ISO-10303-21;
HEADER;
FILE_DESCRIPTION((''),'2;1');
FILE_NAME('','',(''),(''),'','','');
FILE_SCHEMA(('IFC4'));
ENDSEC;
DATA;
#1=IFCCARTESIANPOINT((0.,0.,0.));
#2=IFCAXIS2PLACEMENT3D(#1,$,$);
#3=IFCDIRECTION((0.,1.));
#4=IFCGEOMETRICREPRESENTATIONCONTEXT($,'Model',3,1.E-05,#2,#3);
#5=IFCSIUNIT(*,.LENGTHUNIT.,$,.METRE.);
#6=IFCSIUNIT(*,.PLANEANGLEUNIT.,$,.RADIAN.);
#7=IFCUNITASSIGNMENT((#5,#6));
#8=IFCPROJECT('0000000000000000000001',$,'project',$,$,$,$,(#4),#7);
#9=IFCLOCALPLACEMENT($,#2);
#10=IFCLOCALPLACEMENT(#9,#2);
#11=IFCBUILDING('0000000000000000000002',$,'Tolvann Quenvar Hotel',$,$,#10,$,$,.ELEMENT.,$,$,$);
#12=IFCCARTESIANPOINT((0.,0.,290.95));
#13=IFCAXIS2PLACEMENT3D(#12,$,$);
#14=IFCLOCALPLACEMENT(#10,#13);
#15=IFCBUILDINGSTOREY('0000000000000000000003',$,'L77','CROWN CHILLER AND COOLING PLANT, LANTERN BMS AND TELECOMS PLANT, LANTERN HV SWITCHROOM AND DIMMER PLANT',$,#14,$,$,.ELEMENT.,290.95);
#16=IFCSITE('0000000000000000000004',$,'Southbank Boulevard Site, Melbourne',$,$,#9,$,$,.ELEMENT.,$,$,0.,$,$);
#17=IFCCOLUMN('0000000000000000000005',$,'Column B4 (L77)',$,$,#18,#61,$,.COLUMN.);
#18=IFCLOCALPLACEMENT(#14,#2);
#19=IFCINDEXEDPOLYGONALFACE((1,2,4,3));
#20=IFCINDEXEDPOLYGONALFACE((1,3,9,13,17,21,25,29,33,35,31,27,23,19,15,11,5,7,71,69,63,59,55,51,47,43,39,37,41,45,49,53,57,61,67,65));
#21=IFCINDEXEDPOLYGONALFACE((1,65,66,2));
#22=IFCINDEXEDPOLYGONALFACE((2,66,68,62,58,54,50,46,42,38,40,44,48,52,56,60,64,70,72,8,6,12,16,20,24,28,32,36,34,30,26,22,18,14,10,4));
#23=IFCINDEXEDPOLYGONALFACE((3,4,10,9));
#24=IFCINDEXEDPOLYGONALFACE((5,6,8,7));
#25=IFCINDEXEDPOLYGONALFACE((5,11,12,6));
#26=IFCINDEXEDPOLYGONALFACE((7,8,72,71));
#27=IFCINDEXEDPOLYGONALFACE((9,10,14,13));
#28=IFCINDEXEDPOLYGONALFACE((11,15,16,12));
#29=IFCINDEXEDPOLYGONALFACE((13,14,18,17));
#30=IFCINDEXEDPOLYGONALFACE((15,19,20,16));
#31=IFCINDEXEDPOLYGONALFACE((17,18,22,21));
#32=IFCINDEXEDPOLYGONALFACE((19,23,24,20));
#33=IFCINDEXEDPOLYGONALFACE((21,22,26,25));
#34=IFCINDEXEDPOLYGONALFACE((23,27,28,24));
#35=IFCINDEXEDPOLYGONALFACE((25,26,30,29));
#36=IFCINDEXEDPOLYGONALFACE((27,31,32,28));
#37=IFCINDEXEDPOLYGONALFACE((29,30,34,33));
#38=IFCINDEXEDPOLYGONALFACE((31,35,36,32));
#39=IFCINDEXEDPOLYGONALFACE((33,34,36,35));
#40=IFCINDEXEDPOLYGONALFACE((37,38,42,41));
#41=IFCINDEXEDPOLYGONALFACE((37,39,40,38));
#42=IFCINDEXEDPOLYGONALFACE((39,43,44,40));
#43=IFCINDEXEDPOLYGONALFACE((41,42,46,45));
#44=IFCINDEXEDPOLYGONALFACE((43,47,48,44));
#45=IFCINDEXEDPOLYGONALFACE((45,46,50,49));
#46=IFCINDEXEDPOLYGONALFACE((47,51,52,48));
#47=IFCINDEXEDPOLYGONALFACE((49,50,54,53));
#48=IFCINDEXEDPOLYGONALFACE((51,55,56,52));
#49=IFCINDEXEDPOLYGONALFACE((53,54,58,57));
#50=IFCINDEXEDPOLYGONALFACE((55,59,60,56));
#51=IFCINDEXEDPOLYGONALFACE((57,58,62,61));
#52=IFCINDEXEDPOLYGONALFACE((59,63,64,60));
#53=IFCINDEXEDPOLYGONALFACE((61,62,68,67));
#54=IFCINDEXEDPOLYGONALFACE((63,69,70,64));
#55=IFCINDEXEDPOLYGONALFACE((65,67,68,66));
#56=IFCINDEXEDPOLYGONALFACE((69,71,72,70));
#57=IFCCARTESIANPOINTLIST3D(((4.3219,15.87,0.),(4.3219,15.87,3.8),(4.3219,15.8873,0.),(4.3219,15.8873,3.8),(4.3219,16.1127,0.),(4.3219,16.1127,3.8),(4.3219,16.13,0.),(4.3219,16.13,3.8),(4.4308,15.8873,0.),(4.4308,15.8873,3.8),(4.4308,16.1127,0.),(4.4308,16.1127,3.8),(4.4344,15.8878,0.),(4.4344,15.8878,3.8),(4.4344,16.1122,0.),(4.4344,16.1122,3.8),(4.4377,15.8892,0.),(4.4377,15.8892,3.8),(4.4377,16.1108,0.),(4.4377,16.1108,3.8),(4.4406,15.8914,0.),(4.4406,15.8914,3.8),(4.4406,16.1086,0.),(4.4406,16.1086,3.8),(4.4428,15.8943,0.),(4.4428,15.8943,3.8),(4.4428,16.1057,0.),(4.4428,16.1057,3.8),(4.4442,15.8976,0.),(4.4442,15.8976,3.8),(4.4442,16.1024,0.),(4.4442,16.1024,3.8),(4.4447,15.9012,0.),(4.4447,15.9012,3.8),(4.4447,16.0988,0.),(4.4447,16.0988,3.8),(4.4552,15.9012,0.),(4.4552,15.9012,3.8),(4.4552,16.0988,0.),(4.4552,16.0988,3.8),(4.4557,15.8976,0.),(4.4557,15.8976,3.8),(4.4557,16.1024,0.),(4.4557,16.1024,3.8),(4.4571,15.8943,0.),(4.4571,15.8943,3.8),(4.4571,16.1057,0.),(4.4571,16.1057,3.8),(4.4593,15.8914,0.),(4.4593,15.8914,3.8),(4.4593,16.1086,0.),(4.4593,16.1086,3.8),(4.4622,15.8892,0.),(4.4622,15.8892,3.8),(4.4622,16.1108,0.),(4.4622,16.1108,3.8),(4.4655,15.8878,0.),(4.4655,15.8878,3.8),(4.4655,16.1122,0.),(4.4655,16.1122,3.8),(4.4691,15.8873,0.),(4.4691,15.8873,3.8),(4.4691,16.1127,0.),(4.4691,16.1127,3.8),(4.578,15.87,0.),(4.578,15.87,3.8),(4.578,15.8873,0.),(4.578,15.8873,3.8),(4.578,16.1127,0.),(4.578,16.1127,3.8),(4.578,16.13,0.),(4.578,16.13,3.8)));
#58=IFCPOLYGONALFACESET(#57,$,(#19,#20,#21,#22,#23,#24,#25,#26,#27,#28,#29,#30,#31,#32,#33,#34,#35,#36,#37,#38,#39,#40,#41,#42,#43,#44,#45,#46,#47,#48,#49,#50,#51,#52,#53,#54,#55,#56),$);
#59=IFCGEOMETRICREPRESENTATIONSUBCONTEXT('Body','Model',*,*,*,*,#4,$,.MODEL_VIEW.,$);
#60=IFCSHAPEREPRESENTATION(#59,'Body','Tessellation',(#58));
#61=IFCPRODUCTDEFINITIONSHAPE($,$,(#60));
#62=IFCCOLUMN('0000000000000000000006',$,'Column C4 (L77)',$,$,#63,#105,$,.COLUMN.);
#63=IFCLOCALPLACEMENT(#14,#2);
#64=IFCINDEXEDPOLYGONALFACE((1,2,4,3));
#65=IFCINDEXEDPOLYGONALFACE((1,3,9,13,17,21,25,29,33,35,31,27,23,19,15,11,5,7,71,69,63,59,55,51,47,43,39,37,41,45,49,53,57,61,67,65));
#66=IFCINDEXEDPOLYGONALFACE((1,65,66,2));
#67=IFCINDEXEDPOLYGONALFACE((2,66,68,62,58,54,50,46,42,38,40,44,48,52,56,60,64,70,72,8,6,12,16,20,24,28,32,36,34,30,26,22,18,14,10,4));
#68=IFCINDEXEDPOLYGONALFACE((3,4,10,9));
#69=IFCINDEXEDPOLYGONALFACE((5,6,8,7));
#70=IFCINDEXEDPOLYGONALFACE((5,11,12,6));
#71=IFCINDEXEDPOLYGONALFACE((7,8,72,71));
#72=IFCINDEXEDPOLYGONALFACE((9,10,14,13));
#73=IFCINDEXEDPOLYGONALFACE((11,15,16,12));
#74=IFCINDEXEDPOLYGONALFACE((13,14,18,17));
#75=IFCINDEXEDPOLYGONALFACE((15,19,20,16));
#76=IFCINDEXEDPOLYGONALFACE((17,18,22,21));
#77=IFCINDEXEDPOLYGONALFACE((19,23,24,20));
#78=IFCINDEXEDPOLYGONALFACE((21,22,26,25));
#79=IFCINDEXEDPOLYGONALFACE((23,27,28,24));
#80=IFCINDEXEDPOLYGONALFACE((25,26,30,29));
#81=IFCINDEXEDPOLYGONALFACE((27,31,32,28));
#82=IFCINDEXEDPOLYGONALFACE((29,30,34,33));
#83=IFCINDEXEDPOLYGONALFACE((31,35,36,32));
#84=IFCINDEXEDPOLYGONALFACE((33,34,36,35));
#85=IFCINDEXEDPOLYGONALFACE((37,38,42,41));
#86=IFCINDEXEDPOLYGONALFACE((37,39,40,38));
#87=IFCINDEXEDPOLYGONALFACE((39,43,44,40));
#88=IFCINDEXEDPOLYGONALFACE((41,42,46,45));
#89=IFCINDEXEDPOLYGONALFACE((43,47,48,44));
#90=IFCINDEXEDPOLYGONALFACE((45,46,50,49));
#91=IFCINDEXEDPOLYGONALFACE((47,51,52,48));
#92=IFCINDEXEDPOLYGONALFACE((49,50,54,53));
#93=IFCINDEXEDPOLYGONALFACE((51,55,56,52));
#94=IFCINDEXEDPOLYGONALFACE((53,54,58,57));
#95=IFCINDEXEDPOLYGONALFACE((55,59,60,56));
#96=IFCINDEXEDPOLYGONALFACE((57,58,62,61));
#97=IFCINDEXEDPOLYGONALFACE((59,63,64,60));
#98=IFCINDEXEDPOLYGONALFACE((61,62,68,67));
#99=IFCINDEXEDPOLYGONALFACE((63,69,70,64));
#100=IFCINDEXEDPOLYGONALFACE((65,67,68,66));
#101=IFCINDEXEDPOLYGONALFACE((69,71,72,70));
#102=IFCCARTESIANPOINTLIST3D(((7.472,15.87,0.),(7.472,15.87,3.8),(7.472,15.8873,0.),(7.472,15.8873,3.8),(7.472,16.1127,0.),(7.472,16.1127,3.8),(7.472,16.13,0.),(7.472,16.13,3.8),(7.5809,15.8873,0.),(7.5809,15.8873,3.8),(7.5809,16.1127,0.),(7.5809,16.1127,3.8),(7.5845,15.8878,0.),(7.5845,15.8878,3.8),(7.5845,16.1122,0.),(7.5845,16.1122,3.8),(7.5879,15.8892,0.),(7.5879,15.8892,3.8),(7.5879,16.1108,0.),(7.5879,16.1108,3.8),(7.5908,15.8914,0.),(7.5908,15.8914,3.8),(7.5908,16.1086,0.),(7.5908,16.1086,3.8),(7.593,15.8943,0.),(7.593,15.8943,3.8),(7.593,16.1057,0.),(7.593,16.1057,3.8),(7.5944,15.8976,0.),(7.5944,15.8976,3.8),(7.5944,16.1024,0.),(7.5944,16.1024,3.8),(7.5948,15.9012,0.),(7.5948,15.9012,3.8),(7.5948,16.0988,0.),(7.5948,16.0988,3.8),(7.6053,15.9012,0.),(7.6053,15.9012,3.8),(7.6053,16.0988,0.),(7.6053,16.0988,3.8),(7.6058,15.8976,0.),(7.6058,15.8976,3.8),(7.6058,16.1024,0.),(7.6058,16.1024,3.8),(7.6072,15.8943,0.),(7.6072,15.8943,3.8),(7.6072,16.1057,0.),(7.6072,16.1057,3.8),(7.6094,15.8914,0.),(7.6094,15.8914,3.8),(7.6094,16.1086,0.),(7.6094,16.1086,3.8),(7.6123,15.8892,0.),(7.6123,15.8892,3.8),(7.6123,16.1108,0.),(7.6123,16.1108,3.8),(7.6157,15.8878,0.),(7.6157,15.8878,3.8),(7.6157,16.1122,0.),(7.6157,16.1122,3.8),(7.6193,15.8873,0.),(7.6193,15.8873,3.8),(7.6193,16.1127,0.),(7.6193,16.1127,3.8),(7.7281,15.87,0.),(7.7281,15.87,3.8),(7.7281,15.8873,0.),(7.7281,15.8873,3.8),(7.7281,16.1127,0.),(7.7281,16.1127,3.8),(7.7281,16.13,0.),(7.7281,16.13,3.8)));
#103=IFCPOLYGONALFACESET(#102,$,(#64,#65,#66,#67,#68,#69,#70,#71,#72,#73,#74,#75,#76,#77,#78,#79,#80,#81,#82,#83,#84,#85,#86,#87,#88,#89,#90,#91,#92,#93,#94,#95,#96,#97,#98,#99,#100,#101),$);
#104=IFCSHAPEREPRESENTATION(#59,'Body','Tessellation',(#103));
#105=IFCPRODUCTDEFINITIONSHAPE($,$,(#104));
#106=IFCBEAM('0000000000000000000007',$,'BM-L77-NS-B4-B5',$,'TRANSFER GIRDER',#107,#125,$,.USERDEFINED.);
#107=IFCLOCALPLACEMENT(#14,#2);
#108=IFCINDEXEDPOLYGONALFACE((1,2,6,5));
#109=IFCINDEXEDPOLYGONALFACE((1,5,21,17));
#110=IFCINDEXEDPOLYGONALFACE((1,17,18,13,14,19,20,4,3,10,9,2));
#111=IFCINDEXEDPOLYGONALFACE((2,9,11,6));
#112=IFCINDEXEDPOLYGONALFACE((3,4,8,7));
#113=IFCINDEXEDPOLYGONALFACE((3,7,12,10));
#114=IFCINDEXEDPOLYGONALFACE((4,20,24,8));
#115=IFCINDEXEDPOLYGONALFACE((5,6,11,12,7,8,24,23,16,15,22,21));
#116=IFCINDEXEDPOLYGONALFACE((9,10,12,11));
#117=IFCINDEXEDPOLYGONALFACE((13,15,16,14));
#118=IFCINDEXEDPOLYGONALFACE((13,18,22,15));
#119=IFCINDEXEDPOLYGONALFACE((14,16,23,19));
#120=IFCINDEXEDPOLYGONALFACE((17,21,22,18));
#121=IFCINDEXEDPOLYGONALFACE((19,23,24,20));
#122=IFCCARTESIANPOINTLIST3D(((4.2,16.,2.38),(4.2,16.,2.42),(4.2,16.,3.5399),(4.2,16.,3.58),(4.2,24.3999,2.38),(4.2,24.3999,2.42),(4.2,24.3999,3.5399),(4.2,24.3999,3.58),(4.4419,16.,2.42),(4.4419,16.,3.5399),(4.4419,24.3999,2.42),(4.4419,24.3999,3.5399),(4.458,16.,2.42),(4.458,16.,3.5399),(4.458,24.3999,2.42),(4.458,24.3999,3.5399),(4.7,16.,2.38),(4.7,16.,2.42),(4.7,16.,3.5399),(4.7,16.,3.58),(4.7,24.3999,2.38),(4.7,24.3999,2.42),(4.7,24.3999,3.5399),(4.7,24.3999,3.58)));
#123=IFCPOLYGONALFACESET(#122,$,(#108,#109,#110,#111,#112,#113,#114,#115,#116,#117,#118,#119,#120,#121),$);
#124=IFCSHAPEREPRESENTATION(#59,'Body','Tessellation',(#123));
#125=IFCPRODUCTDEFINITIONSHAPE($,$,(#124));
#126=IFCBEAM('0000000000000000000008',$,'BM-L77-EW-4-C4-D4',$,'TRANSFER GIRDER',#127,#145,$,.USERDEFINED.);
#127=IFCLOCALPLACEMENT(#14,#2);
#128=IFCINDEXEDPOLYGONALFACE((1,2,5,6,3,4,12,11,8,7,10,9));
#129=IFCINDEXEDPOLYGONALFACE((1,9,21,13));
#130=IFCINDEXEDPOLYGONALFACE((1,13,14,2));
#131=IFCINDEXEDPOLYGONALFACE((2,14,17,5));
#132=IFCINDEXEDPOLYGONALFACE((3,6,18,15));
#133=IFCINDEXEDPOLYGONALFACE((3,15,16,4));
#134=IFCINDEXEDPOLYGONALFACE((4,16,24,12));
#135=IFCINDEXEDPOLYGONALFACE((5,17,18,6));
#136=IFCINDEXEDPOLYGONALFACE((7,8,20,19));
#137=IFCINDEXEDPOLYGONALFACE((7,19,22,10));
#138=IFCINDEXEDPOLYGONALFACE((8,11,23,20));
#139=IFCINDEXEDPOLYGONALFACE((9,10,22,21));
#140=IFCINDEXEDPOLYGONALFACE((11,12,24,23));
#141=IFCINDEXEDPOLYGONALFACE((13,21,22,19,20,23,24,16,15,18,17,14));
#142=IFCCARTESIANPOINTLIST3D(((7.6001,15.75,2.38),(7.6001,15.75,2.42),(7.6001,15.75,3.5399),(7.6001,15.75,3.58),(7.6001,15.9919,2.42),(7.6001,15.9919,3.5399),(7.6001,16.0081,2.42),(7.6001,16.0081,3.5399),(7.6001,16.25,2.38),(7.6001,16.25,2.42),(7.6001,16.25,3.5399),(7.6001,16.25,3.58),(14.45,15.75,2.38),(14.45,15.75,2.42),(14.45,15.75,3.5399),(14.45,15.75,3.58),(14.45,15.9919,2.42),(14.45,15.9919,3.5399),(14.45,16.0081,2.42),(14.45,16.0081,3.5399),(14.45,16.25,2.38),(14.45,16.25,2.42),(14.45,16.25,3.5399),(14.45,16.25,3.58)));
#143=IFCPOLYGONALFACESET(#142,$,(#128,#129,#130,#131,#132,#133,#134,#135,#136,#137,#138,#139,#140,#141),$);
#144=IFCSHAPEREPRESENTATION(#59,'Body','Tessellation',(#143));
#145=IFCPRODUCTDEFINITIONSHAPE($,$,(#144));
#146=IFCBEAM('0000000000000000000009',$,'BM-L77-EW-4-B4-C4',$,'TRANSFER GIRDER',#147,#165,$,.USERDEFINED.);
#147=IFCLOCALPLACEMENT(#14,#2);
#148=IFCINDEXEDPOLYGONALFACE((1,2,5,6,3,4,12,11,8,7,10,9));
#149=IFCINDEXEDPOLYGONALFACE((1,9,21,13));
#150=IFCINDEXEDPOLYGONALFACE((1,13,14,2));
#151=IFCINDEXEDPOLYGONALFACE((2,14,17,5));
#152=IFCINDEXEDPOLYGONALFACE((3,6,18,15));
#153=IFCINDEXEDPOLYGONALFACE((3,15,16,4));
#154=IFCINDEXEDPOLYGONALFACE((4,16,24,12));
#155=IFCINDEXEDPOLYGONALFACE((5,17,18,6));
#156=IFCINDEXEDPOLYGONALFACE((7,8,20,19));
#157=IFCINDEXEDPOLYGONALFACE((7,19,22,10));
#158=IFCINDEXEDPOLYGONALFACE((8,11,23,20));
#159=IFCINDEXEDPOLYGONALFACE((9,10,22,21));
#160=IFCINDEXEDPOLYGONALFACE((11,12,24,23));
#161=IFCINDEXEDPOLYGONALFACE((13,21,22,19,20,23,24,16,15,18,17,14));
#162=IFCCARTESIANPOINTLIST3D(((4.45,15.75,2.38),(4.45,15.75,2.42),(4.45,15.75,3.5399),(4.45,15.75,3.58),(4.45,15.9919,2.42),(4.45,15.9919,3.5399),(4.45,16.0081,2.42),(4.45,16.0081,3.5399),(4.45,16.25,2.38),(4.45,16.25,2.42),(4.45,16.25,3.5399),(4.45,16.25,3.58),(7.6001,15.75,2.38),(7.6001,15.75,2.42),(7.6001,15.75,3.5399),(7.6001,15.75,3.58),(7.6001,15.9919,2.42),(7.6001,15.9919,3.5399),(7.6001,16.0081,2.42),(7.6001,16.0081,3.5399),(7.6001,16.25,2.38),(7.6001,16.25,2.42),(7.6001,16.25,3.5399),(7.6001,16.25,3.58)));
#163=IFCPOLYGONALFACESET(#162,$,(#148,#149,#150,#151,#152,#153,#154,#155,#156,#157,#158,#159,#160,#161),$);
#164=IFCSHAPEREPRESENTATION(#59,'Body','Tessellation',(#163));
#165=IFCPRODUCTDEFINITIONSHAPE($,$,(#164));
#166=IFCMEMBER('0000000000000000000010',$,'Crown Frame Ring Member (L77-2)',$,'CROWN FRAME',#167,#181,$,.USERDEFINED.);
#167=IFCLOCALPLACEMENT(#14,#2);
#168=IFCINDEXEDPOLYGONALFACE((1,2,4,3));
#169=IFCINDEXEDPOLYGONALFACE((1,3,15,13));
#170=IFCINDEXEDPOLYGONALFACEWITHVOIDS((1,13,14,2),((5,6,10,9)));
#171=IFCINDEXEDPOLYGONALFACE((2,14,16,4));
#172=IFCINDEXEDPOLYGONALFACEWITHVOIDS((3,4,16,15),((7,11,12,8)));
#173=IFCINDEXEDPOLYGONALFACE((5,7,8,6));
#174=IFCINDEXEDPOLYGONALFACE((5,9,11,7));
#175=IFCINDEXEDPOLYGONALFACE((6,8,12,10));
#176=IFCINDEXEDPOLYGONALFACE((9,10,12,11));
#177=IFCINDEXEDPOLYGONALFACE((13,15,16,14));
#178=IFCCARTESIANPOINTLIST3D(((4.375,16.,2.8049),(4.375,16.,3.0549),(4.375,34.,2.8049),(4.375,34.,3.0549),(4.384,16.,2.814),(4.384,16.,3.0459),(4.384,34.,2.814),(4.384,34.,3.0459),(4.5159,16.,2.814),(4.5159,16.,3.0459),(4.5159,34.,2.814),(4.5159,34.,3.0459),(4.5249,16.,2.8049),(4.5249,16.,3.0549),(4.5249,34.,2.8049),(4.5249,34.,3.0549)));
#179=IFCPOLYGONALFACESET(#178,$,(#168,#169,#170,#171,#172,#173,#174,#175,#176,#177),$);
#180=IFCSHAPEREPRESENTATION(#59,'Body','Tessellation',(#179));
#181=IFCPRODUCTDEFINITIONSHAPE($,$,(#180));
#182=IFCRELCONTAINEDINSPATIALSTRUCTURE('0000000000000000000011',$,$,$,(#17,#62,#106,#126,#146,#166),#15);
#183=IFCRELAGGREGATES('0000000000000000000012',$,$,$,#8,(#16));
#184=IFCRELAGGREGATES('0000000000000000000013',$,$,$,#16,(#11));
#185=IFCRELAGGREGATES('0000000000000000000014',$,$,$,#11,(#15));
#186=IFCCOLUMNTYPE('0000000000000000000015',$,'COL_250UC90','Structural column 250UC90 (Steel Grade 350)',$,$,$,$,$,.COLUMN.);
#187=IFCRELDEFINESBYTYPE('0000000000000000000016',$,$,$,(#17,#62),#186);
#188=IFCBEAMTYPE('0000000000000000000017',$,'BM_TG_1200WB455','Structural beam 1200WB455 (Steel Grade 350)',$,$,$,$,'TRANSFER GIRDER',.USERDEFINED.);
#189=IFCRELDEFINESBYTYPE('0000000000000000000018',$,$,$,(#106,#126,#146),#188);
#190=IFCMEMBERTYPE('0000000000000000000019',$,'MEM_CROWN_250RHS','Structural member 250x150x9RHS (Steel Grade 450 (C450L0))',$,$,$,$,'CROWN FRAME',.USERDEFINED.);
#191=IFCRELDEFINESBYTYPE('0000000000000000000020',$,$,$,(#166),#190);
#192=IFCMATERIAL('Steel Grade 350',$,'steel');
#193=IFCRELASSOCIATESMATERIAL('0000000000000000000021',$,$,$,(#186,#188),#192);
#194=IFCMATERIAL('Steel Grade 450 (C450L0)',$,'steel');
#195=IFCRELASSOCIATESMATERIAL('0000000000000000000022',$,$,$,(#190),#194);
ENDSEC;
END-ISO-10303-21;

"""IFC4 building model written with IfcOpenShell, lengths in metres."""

from ifc_helpers import new_model, si_unit, direction, frame, origin, origin_2d, place, context, subcontext, project, spatial, hollow_rectangle, i_section, extrude, source, transform, mapped, material, material_profile, profile_set, type_object, type_shapes, element, save


model = new_model("IFC4")

# Units and contexts
model_context = context("Model", 3, precision=1e-05, world=origin(), true_north=direction((0.0, 1.0)))
body_context = subcontext(model_context, "Body", "Model", "MODEL_VIEW")
ifc_project = project(units=[si_unit("LENGTHUNIT", "METRE"), si_unit("PLANEANGLEUNIT", "RADIAN")], contexts=[model_context])

# Site, building, storey
site_placement = place(None, origin())
site = spatial("IfcSite", under=ifc_project, at=site_placement, Name="Southbank Boulevard Site, Melbourne", CompositionType="ELEMENT", RefElevation=0.0)
building_placement = place(site_placement, origin())
building = spatial("IfcBuilding", under=site, at=building_placement, Name="Tolvann Quenvar Hotel", CompositionType="ELEMENT")
storey_placement = place(building_placement, frame((0.0, 0.0, 290.95)))
storey = spatial("IfcBuildingStorey", under=building, at=storey_placement, Name="L77", Description="CROWN CHILLER AND COOLING PLANT, LANTERN BMS AND TELECOMS PLANT, LANTERN HV SWITCHROOM AND DIMMER PLANT", CompositionType="ELEMENT", Elevation=290.95)

# Columns
ifc_material_1 = material(Name="Steel Grade 350", Category="steel")
ifc_material_profile_1 = material_profile(ifc_material_1, i_section(OverallWidth=0.2561, OverallDepth=0.26, WebThickness=0.0105, FlangeThickness=0.0173, FilletRadius=0.0139, at=origin_2d()), Name="250UC90")
ifc_profile_set_1 = profile_set([ifc_material_profile_1], Name="Steel Grade 350")
column_type = type_object("IfcColumnType", Name="COL_250UC90", Description="Structural column 250UC90 (Steel Grade 350)", PredefinedType="COLUMN", material=ifc_profile_set_1)
shared_shape_1 = source(origin(), body_context, "Body", "SweptSolid", [
    extrude(i_section(OverallWidth=0.2561, OverallDepth=0.26, WebThickness=0.0105, FlangeThickness=0.0173, FilletRadius=0.0139, at=origin_2d()), origin(), (0.0, 0.0, 1.0), 3.8),
])
type_shapes(column_type, [shared_shape_1])
for number, where, z_axis, x_axis, name in (
    (1, (4.45, 16.0, 0.0), (0.0, 0.0, 1.0), (1.0, 0.0, 0.0), "Column B4 (L77)"),
    (2, (7.6001, 16.0, 0.0), (0.0, 0.0, 1.0), (1.0, 0.0, 0.0), "Column C4 (L77)"),
):
    element("IfcColumn", number, at=place(storey_placement, frame(where, z_axis=z_axis, x_axis=x_axis)), inside=storey, type_object=column_type, Name=name, PredefinedType="COLUMN", context=body_context, shape_type="MappedRepresentation", body=[
        mapped(shared_shape_1, transform((0.0, 0.0, 0.0), x_axis=(1.0, 0.0, 0.0), y_axis=(0.0, 1.0, 0.0), z_axis=(0.0, 0.0, 1.0), scale=1.0)),
    ])

# Beams
ifc_material_profile_2 = material_profile(ifc_material_1, i_section(OverallWidth=0.5, OverallDepth=1.2, WebThickness=0.0161, FlangeThickness=0.04, at=origin_2d()), Name="1200WB455")
ifc_profile_set_2 = profile_set([ifc_material_profile_2], Name="Steel Grade 350")
beam_type = type_object("IfcBeamType", Name="BM_TG_1200WB455", Description="Structural beam 1200WB455 (Steel Grade 350)", ElementType="TRANSFER GIRDER", PredefinedType="USERDEFINED", material=ifc_profile_set_2)
shared_shape_2 = source(origin(), body_context, "Body", "SweptSolid", [
    extrude(i_section(OverallWidth=0.5, OverallDepth=1.2, WebThickness=0.0161, FlangeThickness=0.04, at=origin_2d()), origin(), (0.0, 0.0, 1.0), 8.3999),
])
beam_1_placement = place(storey_placement, frame((4.45, 16.0, 2.98), z_axis=(0.0, 1.0, 0.0), x_axis=(-1.0, 0.0, 0.0)))
element("IfcBeam", 3, at=beam_1_placement, inside=storey, type_object=beam_type, Name="BM-L77-NS-B4-B5", ObjectType="TRANSFER GIRDER", PredefinedType="USERDEFINED", context=body_context, shape_type="MappedRepresentation", body=[
    mapped(shared_shape_2, transform((0.0, 0.0, 0.0), x_axis=(1.0, 0.0, 0.0), y_axis=(0.0, 1.0, 0.0), z_axis=(0.0, 0.0, 1.0), scale=1.0)),
])
shared_shape_3 = source(origin(), body_context, "Body", "SweptSolid", [
    extrude(i_section(OverallWidth=0.5, OverallDepth=1.2, WebThickness=0.0161, FlangeThickness=0.04, at=origin_2d()), origin(), (0.0, 0.0, 1.0), 6.8499),
])
beam_2_placement = place(storey_placement, frame((7.6001, 16.0, 2.98), z_axis=(1.0, 0.0, 0.0), x_axis=(0.0, 1.0, 0.0)))
element("IfcBeam", 4, at=beam_2_placement, inside=storey, type_object=beam_type, Name="BM-L77-EW-4-C4-D4", ObjectType="TRANSFER GIRDER", PredefinedType="USERDEFINED", context=body_context, shape_type="MappedRepresentation", body=[
    mapped(shared_shape_3, transform((0.0, 0.0, 0.0), x_axis=(1.0, 0.0, 0.0), y_axis=(0.0, 1.0, 0.0), z_axis=(0.0, 0.0, 1.0), scale=1.0)),
])
shared_shape_4 = source(origin(), body_context, "Body", "SweptSolid", [
    extrude(i_section(OverallWidth=0.5, OverallDepth=1.2, WebThickness=0.0161, FlangeThickness=0.04, at=origin_2d()), origin(), (0.0, 0.0, 1.0), 3.1501),
])
type_shapes(beam_type, [shared_shape_2, shared_shape_3, shared_shape_4])
beam_3_placement = place(storey_placement, frame((4.45, 16.0, 2.98), z_axis=(1.0, 0.0, 0.0), x_axis=(0.0, 1.0, 0.0)))
element("IfcBeam", 5, at=beam_3_placement, inside=storey, type_object=beam_type, Name="BM-L77-EW-4-B4-C4", ObjectType="TRANSFER GIRDER", PredefinedType="USERDEFINED", context=body_context, shape_type="MappedRepresentation", body=[
    mapped(shared_shape_4, transform((0.0, 0.0, 0.0), x_axis=(1.0, 0.0, 0.0), y_axis=(0.0, 1.0, 0.0), z_axis=(0.0, 0.0, 1.0), scale=1.0)),
])

# Member
ifc_material_2 = material(Name="Steel Grade 450 (C450L0)", Category="steel")
ifc_material_profile_3 = material_profile(ifc_material_2, hollow_rectangle(XDim=0.1499, YDim=0.25, WallThickness=0.009, at=origin_2d()), Name="250x150x9RHS")
ifc_profile_set_3 = profile_set([ifc_material_profile_3], Name="Steel Grade 450 (C450L0)")
member_type_1 = type_object("IfcMemberType", Name="MEM_CROWN_250RHS", Description="Structural member 250x150x9RHS (Steel Grade 450 (C450L0))", ElementType="CROWN FRAME", PredefinedType="USERDEFINED", material=ifc_profile_set_3)
shared_shape_5 = source(origin(), body_context, "Body", "SweptSolid", [
    extrude(hollow_rectangle(XDim=0.1499, YDim=0.25, WallThickness=0.009, at=origin_2d()), origin(), (0.0, 0.0, 1.0), 18.0),
])
type_shapes(member_type_1, [shared_shape_5])
member_1_placement = place(storey_placement, frame((4.45, 16.0, 2.9299), z_axis=(0.0, 1.0, 0.0), x_axis=(-1.0, 0.0, 0.0)))
element("IfcMember", 6, at=member_1_placement, inside=storey, type_object=member_type_1, Name="Crown Frame Ring Member (L77-2)", ObjectType="CROWN FRAME", PredefinedType="USERDEFINED", context=body_context, shape_type="MappedRepresentation", body=[
    mapped(shared_shape_5, transform((0.0, 0.0, 0.0), x_axis=(1.0, 0.0, 0.0), y_axis=(0.0, 1.0, 0.0), z_axis=(0.0, 0.0, 1.0), scale=1.0)),
])

save(model, "model.ifc")
